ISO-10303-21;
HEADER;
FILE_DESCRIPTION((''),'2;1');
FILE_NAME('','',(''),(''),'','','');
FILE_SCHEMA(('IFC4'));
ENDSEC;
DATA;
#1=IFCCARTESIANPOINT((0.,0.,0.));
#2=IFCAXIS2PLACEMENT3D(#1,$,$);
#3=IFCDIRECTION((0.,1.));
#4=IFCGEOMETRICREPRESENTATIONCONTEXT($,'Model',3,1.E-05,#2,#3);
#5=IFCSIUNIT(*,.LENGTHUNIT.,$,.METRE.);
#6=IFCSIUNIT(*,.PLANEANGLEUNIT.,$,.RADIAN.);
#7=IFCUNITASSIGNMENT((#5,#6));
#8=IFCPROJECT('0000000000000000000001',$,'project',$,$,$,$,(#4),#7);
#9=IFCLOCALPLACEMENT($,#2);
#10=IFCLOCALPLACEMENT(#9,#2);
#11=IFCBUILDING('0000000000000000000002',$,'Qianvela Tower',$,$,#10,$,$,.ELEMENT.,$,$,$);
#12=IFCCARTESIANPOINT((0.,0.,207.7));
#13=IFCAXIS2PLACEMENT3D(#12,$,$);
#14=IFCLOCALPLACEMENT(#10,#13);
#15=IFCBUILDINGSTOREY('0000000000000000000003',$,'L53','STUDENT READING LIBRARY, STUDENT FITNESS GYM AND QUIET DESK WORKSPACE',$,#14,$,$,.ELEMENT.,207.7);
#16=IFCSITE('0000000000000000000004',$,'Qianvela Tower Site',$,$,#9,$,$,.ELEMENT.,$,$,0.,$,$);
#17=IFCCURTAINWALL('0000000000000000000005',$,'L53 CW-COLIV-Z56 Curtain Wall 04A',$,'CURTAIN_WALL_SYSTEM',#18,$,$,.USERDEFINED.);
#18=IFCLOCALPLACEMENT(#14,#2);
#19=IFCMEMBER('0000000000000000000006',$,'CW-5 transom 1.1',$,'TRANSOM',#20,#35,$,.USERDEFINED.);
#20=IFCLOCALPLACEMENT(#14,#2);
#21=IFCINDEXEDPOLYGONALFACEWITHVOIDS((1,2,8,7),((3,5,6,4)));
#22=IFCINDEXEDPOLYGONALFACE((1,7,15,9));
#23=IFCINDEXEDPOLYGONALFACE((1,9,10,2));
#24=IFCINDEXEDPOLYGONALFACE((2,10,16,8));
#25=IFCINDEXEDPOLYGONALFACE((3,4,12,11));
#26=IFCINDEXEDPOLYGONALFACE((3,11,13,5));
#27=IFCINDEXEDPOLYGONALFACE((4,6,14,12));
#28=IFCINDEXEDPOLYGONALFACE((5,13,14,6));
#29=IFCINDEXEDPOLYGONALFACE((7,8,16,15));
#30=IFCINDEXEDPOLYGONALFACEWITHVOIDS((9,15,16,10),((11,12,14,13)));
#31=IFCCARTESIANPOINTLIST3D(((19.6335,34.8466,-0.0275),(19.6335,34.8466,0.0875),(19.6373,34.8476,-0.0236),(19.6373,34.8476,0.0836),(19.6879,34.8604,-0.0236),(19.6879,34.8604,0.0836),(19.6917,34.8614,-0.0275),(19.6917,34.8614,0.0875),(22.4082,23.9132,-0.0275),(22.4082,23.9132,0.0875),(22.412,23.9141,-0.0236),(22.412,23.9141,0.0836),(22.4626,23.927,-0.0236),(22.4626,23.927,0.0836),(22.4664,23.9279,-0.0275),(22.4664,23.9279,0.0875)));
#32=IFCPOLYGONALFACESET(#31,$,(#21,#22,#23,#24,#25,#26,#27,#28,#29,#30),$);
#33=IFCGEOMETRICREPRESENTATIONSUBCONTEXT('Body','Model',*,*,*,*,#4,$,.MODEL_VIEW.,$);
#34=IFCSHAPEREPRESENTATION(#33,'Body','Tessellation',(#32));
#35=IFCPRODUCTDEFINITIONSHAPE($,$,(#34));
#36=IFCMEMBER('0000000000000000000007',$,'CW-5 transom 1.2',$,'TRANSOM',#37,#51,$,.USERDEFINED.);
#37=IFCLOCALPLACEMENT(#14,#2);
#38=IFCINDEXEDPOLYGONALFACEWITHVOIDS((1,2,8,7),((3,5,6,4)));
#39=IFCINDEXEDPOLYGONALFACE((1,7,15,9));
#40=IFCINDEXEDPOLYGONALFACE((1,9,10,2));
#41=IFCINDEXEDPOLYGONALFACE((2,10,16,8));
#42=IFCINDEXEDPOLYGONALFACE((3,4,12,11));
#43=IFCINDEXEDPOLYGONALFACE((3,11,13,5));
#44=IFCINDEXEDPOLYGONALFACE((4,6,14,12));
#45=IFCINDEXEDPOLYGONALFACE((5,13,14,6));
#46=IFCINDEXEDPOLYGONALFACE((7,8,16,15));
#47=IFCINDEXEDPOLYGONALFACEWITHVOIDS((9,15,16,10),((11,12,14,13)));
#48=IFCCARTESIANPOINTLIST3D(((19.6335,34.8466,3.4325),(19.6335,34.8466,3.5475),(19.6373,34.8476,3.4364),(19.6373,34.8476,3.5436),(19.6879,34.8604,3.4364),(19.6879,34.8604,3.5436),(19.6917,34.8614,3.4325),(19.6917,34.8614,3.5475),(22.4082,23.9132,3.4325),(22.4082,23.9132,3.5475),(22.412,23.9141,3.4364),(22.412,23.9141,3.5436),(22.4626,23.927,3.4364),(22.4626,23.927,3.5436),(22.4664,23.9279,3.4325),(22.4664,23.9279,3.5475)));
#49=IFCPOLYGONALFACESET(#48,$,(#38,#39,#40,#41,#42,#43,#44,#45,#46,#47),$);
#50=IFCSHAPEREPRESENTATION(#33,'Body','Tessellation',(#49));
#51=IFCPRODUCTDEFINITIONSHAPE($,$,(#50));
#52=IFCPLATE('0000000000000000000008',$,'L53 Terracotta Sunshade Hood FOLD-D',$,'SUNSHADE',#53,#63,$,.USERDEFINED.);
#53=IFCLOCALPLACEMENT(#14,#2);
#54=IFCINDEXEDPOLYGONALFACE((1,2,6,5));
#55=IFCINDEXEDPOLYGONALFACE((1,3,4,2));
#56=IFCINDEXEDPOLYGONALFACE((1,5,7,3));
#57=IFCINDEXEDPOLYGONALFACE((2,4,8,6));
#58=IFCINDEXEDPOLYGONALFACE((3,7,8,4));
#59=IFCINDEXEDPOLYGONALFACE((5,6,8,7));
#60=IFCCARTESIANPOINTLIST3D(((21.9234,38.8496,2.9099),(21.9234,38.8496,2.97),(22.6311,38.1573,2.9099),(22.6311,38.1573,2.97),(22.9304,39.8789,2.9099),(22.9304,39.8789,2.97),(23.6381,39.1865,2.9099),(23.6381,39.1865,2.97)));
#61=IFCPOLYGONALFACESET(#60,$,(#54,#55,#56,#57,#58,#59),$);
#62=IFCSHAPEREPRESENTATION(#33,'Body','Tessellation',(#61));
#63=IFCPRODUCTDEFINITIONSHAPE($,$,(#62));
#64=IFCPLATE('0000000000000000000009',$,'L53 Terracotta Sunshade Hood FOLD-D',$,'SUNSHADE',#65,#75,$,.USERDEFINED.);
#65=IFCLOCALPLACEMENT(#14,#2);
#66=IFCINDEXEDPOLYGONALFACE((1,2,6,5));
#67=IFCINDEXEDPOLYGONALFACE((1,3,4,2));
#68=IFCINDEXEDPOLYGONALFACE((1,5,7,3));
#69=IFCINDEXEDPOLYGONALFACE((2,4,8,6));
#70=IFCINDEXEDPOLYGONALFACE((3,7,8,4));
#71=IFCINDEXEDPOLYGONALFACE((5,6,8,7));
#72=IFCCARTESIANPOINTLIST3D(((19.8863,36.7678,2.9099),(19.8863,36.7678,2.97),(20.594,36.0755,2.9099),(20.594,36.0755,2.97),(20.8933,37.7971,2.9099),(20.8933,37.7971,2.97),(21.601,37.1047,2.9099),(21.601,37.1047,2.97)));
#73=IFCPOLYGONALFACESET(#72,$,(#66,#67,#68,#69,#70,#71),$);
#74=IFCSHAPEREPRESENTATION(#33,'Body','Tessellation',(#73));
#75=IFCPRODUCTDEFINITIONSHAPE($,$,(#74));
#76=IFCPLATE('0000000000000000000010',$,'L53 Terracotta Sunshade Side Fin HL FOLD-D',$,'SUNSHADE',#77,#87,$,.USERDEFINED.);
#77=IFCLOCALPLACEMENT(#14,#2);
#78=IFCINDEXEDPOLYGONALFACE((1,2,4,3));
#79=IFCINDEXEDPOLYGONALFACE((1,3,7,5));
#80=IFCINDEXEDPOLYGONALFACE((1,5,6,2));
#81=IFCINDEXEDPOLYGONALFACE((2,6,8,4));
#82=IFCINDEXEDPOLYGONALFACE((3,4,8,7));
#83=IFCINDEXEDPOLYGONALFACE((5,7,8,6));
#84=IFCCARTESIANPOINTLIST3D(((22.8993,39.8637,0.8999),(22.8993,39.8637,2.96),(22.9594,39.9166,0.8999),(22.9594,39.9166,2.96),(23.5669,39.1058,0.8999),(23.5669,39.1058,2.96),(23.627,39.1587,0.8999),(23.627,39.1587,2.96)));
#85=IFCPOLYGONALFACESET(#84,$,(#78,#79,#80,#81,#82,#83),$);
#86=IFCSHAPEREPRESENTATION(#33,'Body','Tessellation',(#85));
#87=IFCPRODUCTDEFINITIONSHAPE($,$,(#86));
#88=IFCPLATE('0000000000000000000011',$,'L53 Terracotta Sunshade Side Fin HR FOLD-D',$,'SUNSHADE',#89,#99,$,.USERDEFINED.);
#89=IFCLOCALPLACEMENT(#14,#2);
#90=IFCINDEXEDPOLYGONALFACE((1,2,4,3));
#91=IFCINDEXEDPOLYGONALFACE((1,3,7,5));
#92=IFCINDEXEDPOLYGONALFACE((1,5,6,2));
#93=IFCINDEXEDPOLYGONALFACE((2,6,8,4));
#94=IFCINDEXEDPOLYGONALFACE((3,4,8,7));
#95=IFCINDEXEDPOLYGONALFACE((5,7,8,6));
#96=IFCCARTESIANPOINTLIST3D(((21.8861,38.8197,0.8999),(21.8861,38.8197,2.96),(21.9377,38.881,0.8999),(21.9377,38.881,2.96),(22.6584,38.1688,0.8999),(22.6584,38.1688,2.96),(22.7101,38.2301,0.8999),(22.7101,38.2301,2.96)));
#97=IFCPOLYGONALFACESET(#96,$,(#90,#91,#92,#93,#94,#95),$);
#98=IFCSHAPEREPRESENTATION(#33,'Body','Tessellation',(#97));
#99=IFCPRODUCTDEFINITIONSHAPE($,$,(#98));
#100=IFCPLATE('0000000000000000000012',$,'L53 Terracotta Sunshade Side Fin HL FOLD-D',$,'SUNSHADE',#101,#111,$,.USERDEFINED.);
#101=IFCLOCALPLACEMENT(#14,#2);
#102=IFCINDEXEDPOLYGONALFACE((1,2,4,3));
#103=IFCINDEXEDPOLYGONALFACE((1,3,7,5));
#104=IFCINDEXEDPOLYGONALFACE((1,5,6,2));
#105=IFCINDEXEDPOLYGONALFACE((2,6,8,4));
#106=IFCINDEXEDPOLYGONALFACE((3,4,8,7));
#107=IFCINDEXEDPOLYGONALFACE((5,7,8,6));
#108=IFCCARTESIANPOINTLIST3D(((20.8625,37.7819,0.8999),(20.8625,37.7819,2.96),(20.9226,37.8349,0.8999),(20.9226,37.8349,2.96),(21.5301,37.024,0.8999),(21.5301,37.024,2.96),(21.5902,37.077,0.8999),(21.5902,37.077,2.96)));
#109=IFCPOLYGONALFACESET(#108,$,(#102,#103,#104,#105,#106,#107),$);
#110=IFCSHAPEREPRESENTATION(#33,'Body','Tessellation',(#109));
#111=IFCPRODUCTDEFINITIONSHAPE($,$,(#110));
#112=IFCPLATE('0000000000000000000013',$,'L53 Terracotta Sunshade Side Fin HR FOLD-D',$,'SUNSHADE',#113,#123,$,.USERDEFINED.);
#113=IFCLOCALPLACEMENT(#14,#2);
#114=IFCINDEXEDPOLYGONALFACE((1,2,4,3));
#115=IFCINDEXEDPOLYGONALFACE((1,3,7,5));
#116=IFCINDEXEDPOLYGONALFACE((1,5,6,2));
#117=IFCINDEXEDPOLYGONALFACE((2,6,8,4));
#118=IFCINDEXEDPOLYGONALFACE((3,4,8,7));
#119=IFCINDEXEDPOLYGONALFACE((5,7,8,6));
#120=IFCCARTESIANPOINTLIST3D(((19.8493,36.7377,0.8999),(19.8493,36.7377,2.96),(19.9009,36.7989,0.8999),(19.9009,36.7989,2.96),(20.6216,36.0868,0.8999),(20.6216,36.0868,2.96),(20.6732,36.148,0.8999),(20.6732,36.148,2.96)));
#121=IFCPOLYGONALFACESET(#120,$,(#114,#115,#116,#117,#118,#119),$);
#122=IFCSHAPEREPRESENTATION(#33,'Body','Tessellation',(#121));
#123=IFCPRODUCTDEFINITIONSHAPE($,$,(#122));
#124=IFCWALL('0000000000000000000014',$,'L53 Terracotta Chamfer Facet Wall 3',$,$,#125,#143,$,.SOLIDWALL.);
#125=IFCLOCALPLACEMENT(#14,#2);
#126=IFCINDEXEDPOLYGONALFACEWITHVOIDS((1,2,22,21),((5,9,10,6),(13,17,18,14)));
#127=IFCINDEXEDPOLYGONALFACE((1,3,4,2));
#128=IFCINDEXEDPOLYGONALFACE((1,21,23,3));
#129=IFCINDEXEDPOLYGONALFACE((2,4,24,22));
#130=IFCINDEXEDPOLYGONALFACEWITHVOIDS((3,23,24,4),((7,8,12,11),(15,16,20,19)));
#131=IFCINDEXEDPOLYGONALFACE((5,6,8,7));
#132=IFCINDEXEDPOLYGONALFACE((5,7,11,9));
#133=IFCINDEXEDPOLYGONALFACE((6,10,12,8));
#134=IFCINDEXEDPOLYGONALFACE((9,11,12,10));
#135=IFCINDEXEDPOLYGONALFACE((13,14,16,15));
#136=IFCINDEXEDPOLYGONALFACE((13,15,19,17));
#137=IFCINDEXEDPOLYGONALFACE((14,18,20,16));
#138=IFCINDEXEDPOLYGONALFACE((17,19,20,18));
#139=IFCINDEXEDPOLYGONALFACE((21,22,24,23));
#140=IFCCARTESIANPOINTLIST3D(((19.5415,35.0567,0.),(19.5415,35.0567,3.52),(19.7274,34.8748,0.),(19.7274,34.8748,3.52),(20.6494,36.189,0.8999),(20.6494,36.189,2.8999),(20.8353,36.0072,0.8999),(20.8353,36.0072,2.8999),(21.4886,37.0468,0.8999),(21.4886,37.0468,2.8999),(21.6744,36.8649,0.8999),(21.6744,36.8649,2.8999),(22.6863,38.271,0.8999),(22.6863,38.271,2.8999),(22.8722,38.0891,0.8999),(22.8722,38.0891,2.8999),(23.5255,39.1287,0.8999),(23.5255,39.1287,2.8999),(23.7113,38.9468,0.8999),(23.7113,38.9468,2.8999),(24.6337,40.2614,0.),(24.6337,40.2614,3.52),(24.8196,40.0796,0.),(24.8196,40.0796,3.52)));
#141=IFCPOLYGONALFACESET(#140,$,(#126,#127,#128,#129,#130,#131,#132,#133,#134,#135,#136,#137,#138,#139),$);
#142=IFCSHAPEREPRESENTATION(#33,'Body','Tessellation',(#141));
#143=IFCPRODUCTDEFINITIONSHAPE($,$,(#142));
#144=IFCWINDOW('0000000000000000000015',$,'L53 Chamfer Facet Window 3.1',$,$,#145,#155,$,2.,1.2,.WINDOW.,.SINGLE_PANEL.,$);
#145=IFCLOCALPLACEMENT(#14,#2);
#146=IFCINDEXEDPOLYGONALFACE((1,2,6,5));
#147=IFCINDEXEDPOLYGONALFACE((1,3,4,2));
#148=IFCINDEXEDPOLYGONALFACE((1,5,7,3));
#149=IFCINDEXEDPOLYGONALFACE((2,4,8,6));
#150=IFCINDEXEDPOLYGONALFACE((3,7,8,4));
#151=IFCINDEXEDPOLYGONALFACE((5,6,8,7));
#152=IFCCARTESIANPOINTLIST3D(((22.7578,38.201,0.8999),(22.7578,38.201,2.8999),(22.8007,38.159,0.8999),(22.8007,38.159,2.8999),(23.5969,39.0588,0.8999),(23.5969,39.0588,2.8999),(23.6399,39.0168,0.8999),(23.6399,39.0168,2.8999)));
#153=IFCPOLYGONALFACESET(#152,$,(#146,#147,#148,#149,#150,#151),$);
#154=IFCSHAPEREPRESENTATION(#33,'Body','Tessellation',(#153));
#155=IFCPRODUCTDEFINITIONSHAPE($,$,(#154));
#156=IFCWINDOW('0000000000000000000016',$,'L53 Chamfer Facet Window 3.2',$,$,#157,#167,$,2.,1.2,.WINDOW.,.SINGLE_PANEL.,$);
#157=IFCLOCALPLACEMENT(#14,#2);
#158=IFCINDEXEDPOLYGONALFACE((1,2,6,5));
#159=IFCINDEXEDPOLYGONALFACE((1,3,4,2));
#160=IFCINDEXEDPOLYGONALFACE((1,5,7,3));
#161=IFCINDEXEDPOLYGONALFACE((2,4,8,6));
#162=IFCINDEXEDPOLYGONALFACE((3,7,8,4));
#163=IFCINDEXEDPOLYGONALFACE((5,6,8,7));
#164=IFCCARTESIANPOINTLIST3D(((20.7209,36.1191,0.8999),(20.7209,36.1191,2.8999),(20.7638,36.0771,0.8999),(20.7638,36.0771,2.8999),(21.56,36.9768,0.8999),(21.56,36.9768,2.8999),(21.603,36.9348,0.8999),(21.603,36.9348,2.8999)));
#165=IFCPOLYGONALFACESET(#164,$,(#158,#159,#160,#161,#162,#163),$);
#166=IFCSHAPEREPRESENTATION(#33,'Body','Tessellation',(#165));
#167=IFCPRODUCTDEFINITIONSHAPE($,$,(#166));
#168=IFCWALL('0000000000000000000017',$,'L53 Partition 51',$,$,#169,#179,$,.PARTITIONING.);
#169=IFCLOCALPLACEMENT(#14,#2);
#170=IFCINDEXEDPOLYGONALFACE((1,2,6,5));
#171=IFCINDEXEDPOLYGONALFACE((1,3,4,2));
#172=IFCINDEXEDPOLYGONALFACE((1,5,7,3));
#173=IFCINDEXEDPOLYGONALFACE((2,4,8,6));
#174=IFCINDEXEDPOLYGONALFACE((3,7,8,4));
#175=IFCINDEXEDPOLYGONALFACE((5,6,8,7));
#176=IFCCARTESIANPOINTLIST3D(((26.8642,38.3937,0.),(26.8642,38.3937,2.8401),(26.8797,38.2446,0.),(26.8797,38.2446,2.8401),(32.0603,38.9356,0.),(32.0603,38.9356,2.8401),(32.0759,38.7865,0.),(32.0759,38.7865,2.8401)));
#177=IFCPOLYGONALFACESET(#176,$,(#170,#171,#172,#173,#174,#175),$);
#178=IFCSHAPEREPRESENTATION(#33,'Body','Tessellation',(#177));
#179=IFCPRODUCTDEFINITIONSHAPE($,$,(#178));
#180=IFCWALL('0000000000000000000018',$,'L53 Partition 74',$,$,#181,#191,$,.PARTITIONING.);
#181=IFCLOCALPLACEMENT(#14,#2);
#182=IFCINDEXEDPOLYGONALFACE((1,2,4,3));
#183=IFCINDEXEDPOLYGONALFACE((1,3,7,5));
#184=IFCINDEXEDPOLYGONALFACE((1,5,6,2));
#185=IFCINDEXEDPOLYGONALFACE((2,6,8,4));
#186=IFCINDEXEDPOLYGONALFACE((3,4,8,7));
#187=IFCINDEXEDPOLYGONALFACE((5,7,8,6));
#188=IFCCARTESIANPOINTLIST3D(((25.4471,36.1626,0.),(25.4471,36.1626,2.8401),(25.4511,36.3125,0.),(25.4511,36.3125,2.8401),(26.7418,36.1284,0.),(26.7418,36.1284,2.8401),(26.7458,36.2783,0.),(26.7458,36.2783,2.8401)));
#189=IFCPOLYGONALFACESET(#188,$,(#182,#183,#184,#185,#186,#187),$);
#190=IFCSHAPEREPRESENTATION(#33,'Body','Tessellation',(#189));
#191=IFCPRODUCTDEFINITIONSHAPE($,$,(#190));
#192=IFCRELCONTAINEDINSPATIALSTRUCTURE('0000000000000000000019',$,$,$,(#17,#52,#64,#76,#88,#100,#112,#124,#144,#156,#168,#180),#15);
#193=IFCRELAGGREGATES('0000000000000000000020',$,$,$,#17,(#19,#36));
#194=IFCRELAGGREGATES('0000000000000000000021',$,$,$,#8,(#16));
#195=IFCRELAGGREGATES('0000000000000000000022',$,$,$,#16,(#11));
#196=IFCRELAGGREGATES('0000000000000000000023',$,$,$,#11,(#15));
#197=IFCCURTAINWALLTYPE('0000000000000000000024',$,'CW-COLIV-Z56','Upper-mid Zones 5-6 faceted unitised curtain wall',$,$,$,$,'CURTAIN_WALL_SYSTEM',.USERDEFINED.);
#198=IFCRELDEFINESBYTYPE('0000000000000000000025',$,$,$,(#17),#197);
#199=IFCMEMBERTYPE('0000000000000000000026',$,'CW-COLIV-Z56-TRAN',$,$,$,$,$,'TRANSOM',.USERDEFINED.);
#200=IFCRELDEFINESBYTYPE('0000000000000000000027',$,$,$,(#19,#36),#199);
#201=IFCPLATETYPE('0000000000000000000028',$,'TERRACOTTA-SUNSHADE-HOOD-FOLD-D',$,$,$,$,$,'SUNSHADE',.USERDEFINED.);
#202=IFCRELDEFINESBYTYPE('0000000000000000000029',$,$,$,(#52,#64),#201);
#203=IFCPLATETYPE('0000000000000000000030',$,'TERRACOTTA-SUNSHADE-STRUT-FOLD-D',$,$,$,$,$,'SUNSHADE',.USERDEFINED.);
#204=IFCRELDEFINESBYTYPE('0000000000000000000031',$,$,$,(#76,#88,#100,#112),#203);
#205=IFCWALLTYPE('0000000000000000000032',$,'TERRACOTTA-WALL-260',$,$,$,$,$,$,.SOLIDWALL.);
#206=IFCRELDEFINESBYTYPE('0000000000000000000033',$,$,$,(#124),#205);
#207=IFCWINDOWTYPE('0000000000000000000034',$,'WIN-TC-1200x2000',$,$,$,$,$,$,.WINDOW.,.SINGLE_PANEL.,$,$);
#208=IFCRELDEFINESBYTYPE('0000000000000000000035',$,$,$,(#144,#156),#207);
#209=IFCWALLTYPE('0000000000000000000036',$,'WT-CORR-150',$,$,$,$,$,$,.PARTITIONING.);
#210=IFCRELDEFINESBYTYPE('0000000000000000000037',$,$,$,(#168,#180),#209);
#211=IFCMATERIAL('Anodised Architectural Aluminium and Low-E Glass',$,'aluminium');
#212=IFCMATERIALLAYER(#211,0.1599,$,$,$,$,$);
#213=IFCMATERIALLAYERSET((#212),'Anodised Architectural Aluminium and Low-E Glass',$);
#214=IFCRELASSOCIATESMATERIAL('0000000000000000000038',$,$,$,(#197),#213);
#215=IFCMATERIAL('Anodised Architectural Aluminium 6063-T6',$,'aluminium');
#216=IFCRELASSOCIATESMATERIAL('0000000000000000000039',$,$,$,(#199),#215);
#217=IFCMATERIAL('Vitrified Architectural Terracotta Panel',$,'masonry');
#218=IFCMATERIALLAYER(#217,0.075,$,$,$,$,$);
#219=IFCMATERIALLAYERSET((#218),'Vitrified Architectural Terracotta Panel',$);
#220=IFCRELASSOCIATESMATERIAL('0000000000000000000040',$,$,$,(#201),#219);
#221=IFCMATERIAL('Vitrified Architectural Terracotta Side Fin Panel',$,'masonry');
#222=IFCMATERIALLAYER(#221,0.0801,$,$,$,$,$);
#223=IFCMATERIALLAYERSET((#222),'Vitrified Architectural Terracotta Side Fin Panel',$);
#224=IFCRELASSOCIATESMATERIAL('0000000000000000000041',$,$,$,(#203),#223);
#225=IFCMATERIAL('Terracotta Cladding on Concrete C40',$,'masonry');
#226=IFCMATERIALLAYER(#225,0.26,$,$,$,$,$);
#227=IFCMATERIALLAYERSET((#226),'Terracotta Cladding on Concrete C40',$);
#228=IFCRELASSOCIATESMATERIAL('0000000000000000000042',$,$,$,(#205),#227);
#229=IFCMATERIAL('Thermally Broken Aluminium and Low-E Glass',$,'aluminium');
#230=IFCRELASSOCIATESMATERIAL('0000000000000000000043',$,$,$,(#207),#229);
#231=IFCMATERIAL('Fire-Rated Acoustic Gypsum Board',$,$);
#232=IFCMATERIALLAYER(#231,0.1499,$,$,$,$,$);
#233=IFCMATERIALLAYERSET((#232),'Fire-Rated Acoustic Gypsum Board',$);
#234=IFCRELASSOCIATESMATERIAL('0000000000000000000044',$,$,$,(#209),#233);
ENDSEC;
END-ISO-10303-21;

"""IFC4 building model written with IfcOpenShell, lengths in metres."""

from ifc_helpers import new_model, si_unit, direction, frame, frame_2d, origin, origin_2d, place, context, subcontext, project, spatial, rectangle, hollow_rectangle, extrude, material, layer, layer_set, material_profile, profile_set, type_object, element, fill, aggregate, save


model = new_model("IFC4")

# Units and contexts
model_context = context("Model", 3, precision=1e-05, world=origin(), true_north=direction((0.0, 1.0)))
body_context = subcontext(model_context, "Body", "Model", "MODEL_VIEW")
ifc_project = project(units=[si_unit("LENGTHUNIT", "METRE"), si_unit("PLANEANGLEUNIT", "RADIAN")], contexts=[model_context])

# Site, building, storey
site_placement = place(None, origin())
site = spatial("IfcSite", under=ifc_project, at=site_placement, Name="Qianvela Tower Site", CompositionType="ELEMENT", RefElevation=0.0)
building_placement = place(site_placement, origin())
building = spatial("IfcBuilding", under=site, at=building_placement, Name="Qianvela Tower", CompositionType="ELEMENT")
storey_placement = place(building_placement, frame((0.0, 0.0, 207.7)))
storey = spatial("IfcBuildingStorey", under=building, at=storey_placement, Name="L53", Description="STUDENT READING LIBRARY, STUDENT FITNESS GYM AND QUIET DESK WORKSPACE", CompositionType="ELEMENT", Elevation=207.7)

# Shared definitions
ifc_material_1 = material(Name="Anodised Architectural Aluminium and Low-E Glass", Category="aluminium")
ifc_layer_1 = layer(ifc_material_1, 0.1599)
ifc_layer_set_1 = layer_set([ifc_layer_1], Name="Anodised Architectural Aluminium and Low-E Glass")
curtain_wall_type = type_object("IfcCurtainWallType", Name="CW-COLIV-Z56", Description="Upper-mid Zones 5-6 faceted unitised curtain wall", ElementType="CURTAIN_WALL_SYSTEM", PredefinedType="USERDEFINED", material=ifc_layer_set_1)

# Curtain wall, members
curtain_wall_1_placement = place(storey_placement, origin())
curtain_wall_1 = element("IfcCurtainWall", 1, at=curtain_wall_1_placement, inside=storey, type_object=curtain_wall_type, Name="L53 CW-COLIV-Z56 Curtain Wall 04A", ObjectType="CURTAIN_WALL_SYSTEM", PredefinedType="USERDEFINED")
ifc_material_2 = material(Name="Anodised Architectural Aluminium 6063-T6", Category="aluminium")
ifc_material_profile_1 = material_profile(ifc_material_2, hollow_rectangle(XDim=0.0601, YDim=0.115, WallThickness=0.0039, at=origin_2d()), Name="ALU-TRAN-60x115")
ifc_profile_set_1 = profile_set([ifc_material_profile_1], Name="Anodised Architectural Aluminium 6063-T6")
member_type_1 = type_object("IfcMemberType", Name="CW-COLIV-Z56-TRAN", ElementType="TRANSOM", PredefinedType="USERDEFINED", material=ifc_profile_set_1)
member_1_placement = place(storey_placement, frame((19.6626, 34.854, 0.03), z_axis=(0.245982, -0.969274, 0.0), x_axis=(0.969274, 0.245982, 0.0)))
member_1 = element("IfcMember", 2, at=member_1_placement, type_object=member_type_1, Name="CW-5 transom 1.1", ObjectType="TRANSOM", PredefinedType="USERDEFINED", context=body_context, shape_type="SweptSolid", body=[
    extrude(hollow_rectangle(XDim=0.0601, YDim=0.115, WallThickness=0.0039, at=origin_2d()), origin(), (0.0, 0.0, 1.0), 11.28),
])
member_2_placement = place(storey_placement, frame((19.6626, 34.854, 3.49), z_axis=(0.245982, -0.969274, 0.0), x_axis=(0.969274, 0.245982, 0.0)))
member_2 = element("IfcMember", 3, at=member_2_placement, type_object=member_type_1, Name="CW-5 transom 1.2", ObjectType="TRANSOM", PredefinedType="USERDEFINED", context=body_context, shape_type="SweptSolid", body=[
    extrude(hollow_rectangle(XDim=0.0601, YDim=0.115, WallThickness=0.0039, at=origin_2d()), origin(), (0.0, 0.0, 1.0), 11.28),
])
aggregate(curtain_wall_1, [member_1, member_2])

# Plates
ifc_material_3 = material(Name="Vitrified Architectural Terracotta Panel", Category="masonry")
ifc_layer_2 = layer(ifc_material_3, 0.075)
ifc_layer_set_2 = layer_set([ifc_layer_2], Name="Vitrified Architectural Terracotta Panel")
plate_type_1 = type_object("IfcPlateType", Name="TERRACOTTA-SUNSHADE-HOOD-FOLD-D", ElementType="SUNSHADE", PredefinedType="USERDEFINED", material=ifc_layer_set_2)
for number, where, z_axis, x_axis, name in (
    (4, (22.7808, 39.0181, 2.9099), (0.0, 0.0, 1.0), (-0.699339, -0.71479, 0.0), "L53 Terracotta Sunshade Hood FOLD-D"),
    (5, (20.7437, 36.9363, 2.9099), (0.0, 0.0, 1.0), (-0.699339, -0.71479, 0.0), "L53 Terracotta Sunshade Hood FOLD-D"),
):
    element("IfcPlate", number, at=place(storey_placement, frame(where, z_axis=z_axis, x_axis=x_axis)), inside=storey, type_object=plate_type_1, Name=name, ObjectType="SUNSHADE", PredefinedType="USERDEFINED", context=body_context, shape_type="SweptSolid", body=[
        extrude(rectangle(XDim=1.4399, YDim=0.99, at=origin_2d()), origin(), (0.0, 0.0, 1.0), 0.0601),
    ])
ifc_material_4 = material(Name="Vitrified Architectural Terracotta Side Fin Panel", Category="masonry")
ifc_layer_3 = layer(ifc_material_4, 0.0801)
ifc_layer_set_3 = layer_set([ifc_layer_3], Name="Vitrified Architectural Terracotta Side Fin Panel")
plate_type_2 = type_object("IfcPlateType", Name="TERRACOTTA-SUNSHADE-STRUT-FOLD-D", ElementType="SUNSHADE", PredefinedType="USERDEFINED", material=ifc_layer_set_3)
for number, where, z_axis, x_axis, name in (
    (6, (23.2632, 39.5112, 0.8999), (0.0, 0.0, 1.0), (-0.750388, -0.660998, 0.0), "L53 Terracotta Sunshade Side Fin HL FOLD-D"),
    (7, (22.2981, 38.5249, 0.8999), (0.0, 0.0, 1.0), (-0.644444, -0.764652, 0.0), "L53 Terracotta Sunshade Side Fin HR FOLD-D"),
    (8, (21.2263, 37.4294, 0.8999), (0.0, 0.0, 1.0), (-0.750388, -0.660998, 0.0), "L53 Terracotta Sunshade Side Fin HL FOLD-D"),
    (9, (20.2612, 36.4429, 0.8999), (0.0, 0.0, 1.0), (-0.644444, -0.764652, 0.0), "L53 Terracotta Sunshade Side Fin HR FOLD-D"),
):
    element("IfcPlate", number, at=place(storey_placement, frame(where, z_axis=z_axis, x_axis=x_axis)), inside=storey, type_object=plate_type_2, Name=name, ObjectType="SUNSHADE", PredefinedType="USERDEFINED", context=body_context, shape_type="SweptSolid", body=[
        extrude(rectangle(XDim=0.0801, YDim=1.01, at=origin_2d()), origin(), (0.0, 0.0, 1.0), 2.0601),
    ])

# Wall, openings, windows
ifc_material_5 = material(Name="Terracotta Cladding on Concrete C40", Category="masonry")
ifc_layer_4 = layer(ifc_material_5, 0.26)
ifc_layer_set_4 = layer_set([ifc_layer_4], Name="Terracotta Cladding on Concrete C40")
wall_type_1 = type_object("IfcWallType", Name="TERRACOTTA-WALL-260", PredefinedType="SOLIDWALL", material=ifc_layer_set_4)
wall_1_placement = place(storey_placement, frame((24.7266, 40.1704, 0.0), z_axis=(0.0, 0.0, 1.0), x_axis=(-0.699336, -0.714793, 0.0)))
wall_1 = element("IfcWall", 10, at=wall_1_placement, inside=storey, type_object=wall_type_1, Name="L53 Terracotta Chamfer Facet Wall 3", PredefinedType="SOLIDWALL", context=body_context, shape_type="SweptSolid", body=[
    extrude(rectangle(XDim=7.2815, YDim=0.26, at=frame_2d((3.6406, 0.0))), origin(), (0.0, 0.0, 1.0), 3.52),
])
opening_1_placement = place(wall_1_placement, frame((1.5845, 0.0, 0.8999)))
opening_1 = element("IfcOpeningElement", 11, at=opening_1_placement, cuts=wall_1, PredefinedType="OPENING", context=body_context, shape_type="SweptSolid", body=[
    extrude(rectangle(XDim=1.2, YDim=2.0, at=frame_2d((0.6001, 1.0))), frame((0.0, 0.1399, 0.0), z_axis=(0.0, -1.0, 0.0), x_axis=(1.0, 0.0, 0.0)), (0.0, 0.0, 1.0), 0.28),
])
opening_2_placement = place(wall_1_placement, frame((4.4971, 0.0, 0.8999)))
opening_2 = element("IfcOpeningElement", 12, at=opening_2_placement, cuts=wall_1, PredefinedType="OPENING", context=body_context, shape_type="SweptSolid", body=[
    extrude(rectangle(XDim=1.2, YDim=2.0, at=frame_2d((0.6001, 1.0))), frame((0.0, 0.1399, 0.0), z_axis=(0.0, -1.0, 0.0), x_axis=(1.0, 0.0, 0.0)), (0.0, 0.0, 1.0), 0.28),
])
ifc_material_6 = material(Name="Thermally Broken Aluminium and Low-E Glass", Category="aluminium")
window_type = type_object("IfcWindowType", Name="WIN-TC-1200x2000", PartitioningType="SINGLE_PANEL", PredefinedType="WINDOW", material=ifc_material_6)
window_1_placement = place(opening_1_placement, origin())
window_1 = element("IfcWindow", 13, at=window_1_placement, inside=storey, type_object=window_type, Name="L53 Chamfer Facet Window 3.1", OverallHeight=2.0, OverallWidth=1.2, PartitioningType="SINGLE_PANEL", PredefinedType="WINDOW", context=body_context, shape_type="SweptSolid", body=[
    extrude(rectangle(XDim=1.2, YDim=2.0, at=frame_2d((0.6001, 1.0))), frame((0.0, 0.03, 0.0), z_axis=(0.0, -1.0, 0.0), x_axis=(1.0, 0.0, 0.0)), (0.0, 0.0, 1.0), 0.0601),
])
fill(opening_1, window_1)
window_2_placement = place(opening_2_placement, origin())
window_2 = element("IfcWindow", 14, at=window_2_placement, inside=storey, type_object=window_type, Name="L53 Chamfer Facet Window 3.2", OverallHeight=2.0, OverallWidth=1.2, PartitioningType="SINGLE_PANEL", PredefinedType="WINDOW", context=body_context, shape_type="SweptSolid", body=[
    extrude(rectangle(XDim=1.2, YDim=2.0, at=frame_2d((0.6001, 1.0))), frame((0.0, 0.03, 0.0), z_axis=(0.0, -1.0, 0.0), x_axis=(1.0, 0.0, 0.0)), (0.0, 0.0, 1.0), 0.0601),
])
fill(opening_2, window_2)

# Walls
ifc_material_7 = material(Name="Fire-Rated Acoustic Gypsum Board")
ifc_layer_5 = layer(ifc_material_7, 0.1499)
ifc_layer_set_5 = layer_set([ifc_layer_5], Name="Fire-Rated Acoustic Gypsum Board")
wall_type_2 = type_object("IfcWallType", Name="WT-CORR-150", PredefinedType="PARTITIONING", material=ifc_layer_set_5)
wall_2_placement = place(storey_placement, frame((26.8718, 38.3191, 0.0), z_axis=(0.0, 0.0, 1.0), x_axis=(0.994604, 0.103741, 0.0)))
element("IfcWall", 15, at=wall_2_placement, inside=storey, type_object=wall_type_2, Name="L53 Partition 51", PredefinedType="PARTITIONING", context=body_context, shape_type="SweptSolid", body=[
    extrude(rectangle(XDim=5.2244, YDim=0.1499, at=frame_2d((2.6123, 0.0))), origin(), (0.0, 0.0, 1.0), 2.8401),
])
wall_3_placement = place(storey_placement, frame((25.4492, 36.2375, 0.0), z_axis=(0.0, 0.0, 1.0), x_axis=(0.999652, -0.026391, 0.0)))
element("IfcWall", 16, at=wall_3_placement, inside=storey, type_object=wall_type_2, Name="L53 Partition 74", PredefinedType="PARTITIONING", context=body_context, shape_type="SweptSolid", body=[
    extrude(rectangle(XDim=1.2952, YDim=0.1499, at=frame_2d((0.6475, 0.0))), origin(), (0.0, 0.0, 1.0), 2.8401),
])

save(model, "model.ifc")
